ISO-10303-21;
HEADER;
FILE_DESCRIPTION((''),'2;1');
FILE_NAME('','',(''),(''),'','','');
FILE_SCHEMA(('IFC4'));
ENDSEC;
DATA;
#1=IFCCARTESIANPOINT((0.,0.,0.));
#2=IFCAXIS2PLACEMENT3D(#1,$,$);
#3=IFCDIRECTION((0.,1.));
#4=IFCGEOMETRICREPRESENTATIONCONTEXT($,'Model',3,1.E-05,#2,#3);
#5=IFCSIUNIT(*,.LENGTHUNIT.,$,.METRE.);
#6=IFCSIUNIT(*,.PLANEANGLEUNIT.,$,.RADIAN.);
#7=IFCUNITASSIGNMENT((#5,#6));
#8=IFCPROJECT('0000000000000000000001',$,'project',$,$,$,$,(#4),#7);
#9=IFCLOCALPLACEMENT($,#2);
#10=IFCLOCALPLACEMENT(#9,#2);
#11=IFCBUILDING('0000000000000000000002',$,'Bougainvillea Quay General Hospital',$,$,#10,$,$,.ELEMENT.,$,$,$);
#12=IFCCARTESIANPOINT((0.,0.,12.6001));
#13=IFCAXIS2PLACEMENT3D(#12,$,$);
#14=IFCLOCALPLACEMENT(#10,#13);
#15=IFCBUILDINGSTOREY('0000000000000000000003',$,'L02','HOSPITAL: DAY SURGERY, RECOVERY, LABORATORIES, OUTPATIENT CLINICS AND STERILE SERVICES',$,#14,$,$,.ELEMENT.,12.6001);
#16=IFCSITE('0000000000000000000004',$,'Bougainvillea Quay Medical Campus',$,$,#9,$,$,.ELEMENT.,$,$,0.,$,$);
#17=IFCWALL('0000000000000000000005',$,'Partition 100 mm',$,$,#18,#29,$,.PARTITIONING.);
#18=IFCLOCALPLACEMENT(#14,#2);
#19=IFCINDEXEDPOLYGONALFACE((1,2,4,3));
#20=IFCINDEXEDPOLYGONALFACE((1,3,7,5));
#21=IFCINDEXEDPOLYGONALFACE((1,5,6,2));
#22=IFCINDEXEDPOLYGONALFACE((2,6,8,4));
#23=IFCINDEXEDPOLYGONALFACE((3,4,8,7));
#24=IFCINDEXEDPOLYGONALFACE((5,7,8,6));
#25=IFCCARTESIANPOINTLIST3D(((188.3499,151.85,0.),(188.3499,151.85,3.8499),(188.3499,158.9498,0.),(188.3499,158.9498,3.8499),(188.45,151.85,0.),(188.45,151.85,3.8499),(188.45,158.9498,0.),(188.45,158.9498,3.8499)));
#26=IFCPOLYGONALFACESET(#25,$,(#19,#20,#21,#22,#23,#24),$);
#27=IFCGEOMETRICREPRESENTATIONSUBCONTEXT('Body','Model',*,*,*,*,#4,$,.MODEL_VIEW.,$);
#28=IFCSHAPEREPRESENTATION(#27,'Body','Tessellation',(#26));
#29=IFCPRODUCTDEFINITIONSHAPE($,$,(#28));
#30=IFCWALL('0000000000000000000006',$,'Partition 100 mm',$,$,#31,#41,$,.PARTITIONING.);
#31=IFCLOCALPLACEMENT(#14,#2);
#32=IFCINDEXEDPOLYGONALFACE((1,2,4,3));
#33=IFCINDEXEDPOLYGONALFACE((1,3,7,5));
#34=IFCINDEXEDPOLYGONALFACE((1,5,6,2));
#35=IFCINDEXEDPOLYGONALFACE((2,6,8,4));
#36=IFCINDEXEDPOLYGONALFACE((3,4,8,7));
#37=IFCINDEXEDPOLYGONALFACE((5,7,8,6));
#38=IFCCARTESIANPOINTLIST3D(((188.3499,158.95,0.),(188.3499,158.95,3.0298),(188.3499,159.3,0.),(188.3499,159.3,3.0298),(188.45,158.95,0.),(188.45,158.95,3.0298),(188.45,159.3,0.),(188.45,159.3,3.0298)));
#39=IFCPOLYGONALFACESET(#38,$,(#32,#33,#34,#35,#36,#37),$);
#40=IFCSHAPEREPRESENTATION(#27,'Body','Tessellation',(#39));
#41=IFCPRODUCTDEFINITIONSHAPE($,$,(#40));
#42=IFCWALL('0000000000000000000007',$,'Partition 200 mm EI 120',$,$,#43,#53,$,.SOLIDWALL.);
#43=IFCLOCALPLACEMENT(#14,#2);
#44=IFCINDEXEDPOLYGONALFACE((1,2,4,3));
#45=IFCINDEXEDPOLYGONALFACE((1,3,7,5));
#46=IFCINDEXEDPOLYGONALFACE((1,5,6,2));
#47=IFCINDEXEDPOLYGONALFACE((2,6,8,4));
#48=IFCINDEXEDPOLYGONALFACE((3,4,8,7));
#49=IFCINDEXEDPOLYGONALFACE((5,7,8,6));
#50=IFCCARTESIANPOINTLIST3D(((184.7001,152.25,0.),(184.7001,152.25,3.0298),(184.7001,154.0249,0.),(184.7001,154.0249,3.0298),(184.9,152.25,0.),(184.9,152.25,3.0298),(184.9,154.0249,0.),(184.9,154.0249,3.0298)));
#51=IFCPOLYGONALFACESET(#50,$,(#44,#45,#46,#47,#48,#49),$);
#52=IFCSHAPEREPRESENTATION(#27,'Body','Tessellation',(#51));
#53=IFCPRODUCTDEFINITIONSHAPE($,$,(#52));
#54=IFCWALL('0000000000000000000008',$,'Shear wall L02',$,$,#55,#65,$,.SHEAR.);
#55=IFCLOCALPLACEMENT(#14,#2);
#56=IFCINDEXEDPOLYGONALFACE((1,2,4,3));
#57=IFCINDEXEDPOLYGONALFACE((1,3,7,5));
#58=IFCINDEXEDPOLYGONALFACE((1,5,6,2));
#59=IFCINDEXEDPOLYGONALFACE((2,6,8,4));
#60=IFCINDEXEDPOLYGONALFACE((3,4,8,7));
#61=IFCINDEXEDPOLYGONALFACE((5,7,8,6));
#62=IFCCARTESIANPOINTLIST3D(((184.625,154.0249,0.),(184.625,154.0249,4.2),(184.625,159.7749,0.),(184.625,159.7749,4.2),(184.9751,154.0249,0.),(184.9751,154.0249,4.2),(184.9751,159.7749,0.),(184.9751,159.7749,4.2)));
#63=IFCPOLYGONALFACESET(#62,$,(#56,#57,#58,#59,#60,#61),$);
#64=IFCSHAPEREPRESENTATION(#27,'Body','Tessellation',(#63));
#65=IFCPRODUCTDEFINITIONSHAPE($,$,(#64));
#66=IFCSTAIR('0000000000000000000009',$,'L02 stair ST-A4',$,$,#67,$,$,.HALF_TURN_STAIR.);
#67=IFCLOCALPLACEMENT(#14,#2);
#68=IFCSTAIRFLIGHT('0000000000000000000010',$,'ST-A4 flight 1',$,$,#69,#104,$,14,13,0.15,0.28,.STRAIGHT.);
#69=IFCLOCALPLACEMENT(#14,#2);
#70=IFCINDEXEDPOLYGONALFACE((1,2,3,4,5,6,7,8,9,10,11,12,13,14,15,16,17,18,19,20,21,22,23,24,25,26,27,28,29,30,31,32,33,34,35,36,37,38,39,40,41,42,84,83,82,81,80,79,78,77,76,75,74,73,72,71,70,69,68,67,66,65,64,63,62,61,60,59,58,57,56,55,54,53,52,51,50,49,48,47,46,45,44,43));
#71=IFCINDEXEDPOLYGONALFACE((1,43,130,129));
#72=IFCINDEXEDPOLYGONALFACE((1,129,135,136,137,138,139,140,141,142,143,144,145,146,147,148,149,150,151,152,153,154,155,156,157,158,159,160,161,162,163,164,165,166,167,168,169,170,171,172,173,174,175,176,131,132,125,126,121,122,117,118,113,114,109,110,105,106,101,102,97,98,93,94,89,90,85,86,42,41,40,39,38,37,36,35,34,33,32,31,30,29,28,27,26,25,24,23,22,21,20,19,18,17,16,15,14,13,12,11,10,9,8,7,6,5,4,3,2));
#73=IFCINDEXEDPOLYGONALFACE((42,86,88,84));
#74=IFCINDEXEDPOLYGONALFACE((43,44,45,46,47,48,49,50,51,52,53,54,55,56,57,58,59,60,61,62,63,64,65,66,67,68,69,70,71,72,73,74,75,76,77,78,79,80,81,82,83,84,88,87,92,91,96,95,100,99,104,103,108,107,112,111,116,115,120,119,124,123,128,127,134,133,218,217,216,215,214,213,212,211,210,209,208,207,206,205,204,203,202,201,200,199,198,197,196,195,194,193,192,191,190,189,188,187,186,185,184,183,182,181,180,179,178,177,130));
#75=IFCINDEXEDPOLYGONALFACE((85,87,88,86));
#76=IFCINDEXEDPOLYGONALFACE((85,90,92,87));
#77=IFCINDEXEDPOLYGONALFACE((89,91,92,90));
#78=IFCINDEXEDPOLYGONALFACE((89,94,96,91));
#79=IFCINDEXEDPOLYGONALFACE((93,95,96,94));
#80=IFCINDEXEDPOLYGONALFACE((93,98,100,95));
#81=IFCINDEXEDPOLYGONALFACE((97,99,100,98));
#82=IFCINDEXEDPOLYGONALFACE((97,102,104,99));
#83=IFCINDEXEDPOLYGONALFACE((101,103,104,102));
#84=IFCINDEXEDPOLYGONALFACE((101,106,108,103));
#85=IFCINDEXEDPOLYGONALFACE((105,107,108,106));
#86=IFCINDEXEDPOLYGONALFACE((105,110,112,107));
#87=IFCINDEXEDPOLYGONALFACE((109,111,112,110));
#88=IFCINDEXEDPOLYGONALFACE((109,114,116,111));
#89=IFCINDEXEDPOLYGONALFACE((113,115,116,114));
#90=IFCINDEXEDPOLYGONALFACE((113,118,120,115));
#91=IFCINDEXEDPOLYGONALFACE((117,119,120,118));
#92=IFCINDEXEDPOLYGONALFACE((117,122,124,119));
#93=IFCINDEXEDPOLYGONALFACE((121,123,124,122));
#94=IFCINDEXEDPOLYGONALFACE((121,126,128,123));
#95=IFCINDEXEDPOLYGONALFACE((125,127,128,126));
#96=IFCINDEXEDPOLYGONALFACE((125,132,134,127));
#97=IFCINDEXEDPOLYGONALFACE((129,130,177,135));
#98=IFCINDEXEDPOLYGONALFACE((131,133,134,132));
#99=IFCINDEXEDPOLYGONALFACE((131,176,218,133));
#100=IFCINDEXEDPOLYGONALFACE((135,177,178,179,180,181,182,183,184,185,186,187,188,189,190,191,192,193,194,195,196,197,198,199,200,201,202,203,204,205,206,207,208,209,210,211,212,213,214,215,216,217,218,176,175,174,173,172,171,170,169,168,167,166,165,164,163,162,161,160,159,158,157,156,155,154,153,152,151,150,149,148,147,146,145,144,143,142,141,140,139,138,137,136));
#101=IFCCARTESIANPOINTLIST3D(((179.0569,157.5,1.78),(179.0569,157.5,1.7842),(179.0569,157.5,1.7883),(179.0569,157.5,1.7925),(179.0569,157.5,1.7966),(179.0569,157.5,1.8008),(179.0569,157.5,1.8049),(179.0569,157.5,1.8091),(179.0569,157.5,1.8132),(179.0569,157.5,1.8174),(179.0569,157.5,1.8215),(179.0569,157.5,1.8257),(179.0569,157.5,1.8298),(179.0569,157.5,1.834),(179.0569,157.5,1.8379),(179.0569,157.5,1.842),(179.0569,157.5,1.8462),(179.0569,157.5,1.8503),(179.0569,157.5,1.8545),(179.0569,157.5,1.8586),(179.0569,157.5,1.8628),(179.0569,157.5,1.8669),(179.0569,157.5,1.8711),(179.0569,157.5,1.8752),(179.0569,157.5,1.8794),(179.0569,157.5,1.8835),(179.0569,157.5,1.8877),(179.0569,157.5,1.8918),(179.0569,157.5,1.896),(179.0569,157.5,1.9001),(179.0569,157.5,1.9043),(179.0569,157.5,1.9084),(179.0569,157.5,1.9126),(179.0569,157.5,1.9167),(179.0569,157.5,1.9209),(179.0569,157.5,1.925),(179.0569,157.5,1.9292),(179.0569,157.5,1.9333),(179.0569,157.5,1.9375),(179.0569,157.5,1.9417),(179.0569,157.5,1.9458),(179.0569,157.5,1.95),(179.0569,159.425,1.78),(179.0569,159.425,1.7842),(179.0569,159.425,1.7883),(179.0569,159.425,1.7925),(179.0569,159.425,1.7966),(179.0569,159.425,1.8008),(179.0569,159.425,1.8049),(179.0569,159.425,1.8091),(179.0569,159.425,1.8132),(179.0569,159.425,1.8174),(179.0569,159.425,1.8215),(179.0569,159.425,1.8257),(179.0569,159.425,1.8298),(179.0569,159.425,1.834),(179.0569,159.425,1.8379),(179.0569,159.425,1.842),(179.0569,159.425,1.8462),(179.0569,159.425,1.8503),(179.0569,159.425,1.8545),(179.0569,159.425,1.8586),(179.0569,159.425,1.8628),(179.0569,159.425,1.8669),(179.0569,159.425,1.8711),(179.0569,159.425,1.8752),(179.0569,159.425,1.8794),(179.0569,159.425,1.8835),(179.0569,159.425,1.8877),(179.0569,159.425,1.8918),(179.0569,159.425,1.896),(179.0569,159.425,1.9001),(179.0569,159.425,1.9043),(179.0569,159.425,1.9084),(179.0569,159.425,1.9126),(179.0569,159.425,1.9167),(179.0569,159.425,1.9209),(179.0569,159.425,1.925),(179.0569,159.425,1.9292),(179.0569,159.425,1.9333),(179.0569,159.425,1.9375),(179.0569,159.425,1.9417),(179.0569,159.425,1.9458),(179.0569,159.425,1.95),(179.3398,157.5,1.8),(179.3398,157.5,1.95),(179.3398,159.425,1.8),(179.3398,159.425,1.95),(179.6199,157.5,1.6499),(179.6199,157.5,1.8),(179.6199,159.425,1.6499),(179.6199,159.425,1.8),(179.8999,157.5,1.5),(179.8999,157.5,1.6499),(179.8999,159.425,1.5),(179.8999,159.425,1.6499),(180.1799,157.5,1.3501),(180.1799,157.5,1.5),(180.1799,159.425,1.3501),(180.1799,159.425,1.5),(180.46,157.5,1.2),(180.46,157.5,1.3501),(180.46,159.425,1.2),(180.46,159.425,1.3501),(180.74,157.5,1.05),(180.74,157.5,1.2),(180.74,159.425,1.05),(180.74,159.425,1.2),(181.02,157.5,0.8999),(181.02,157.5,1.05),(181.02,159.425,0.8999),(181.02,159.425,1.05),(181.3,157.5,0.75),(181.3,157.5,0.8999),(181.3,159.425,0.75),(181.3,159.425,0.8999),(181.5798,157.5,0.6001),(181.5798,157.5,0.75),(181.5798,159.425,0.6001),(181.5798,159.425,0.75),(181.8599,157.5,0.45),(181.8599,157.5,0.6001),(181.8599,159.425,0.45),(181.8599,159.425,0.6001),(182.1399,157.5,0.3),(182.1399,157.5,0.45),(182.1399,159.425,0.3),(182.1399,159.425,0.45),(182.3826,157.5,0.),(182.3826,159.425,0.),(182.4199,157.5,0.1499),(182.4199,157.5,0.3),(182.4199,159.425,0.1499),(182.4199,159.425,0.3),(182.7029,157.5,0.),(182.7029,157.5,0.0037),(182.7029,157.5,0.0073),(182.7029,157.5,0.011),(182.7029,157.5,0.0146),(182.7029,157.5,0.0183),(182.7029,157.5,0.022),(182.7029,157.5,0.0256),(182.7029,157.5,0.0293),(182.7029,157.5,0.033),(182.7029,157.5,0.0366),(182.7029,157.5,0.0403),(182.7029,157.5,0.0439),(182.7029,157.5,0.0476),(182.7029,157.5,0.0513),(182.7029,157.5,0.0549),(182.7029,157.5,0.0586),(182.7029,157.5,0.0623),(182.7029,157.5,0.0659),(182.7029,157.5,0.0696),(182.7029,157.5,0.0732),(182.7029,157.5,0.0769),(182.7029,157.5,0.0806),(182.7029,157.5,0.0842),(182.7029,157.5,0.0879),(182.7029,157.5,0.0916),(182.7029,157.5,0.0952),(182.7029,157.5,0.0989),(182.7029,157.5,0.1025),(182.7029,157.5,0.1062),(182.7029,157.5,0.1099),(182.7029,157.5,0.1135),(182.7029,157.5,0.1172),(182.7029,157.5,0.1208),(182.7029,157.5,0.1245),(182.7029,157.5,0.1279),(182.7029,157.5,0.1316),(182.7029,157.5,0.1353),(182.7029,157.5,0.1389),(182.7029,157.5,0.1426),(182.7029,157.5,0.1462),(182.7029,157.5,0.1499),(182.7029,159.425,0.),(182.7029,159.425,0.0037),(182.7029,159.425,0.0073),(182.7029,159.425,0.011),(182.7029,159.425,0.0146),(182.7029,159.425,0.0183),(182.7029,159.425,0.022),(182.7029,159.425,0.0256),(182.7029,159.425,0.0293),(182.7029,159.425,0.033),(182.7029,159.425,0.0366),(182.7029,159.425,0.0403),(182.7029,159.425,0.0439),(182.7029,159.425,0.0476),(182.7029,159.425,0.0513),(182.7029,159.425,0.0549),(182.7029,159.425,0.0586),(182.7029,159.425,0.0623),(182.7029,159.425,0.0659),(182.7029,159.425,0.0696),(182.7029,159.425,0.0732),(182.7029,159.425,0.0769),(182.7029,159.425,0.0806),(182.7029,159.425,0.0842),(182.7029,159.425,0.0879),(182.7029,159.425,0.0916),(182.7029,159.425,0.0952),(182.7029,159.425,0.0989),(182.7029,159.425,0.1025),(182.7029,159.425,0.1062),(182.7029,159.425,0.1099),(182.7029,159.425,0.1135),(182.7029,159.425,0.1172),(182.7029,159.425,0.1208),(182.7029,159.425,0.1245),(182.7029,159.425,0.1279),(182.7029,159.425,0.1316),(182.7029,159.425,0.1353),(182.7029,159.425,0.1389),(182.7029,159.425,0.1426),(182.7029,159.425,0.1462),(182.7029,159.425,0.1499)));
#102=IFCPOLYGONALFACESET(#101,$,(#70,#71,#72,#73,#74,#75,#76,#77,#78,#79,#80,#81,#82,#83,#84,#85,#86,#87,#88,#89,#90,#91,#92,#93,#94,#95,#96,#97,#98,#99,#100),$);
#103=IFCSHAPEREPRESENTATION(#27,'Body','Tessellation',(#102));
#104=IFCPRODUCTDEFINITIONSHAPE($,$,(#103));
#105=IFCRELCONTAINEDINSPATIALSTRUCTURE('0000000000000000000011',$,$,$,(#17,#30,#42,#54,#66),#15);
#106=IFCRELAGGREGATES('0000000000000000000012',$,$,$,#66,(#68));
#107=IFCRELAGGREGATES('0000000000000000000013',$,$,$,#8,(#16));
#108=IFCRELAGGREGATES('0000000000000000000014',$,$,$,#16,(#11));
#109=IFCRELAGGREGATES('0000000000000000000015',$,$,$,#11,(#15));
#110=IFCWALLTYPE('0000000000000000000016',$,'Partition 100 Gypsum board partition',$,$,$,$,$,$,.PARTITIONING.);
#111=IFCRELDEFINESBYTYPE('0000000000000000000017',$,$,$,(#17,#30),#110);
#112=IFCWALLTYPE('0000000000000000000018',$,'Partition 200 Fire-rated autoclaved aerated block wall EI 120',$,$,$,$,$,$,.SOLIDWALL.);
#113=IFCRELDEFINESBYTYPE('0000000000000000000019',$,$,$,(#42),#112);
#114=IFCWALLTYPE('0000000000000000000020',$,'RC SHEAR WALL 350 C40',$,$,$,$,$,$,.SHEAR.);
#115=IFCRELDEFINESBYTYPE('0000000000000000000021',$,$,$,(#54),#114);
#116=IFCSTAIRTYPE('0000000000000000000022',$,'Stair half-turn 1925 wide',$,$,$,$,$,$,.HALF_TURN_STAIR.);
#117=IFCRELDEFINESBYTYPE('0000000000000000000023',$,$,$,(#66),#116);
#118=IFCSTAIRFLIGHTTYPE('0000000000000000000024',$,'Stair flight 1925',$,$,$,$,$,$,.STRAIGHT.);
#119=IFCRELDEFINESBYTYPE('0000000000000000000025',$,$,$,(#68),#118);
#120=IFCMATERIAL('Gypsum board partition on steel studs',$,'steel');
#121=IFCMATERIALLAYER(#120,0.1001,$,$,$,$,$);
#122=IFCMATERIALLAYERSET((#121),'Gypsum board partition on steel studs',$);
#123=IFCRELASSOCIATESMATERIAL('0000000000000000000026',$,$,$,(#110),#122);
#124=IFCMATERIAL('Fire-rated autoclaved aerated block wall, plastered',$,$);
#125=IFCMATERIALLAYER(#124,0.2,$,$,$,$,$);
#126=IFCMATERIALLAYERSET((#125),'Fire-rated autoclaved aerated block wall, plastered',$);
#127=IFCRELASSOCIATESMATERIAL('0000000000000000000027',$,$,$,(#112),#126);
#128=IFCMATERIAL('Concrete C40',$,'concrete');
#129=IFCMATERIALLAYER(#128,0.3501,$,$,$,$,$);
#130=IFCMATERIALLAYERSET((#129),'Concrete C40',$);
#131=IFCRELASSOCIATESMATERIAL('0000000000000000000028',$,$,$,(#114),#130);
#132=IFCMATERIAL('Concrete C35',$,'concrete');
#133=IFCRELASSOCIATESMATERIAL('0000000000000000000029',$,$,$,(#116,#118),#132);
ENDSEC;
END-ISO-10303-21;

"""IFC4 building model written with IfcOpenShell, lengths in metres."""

from ifc_helpers import new_model, si_unit, direction, frame, frame_2d, origin, place, context, subcontext, project, spatial, polyline, rectangle, outline, extrude, material, layer, layer_set, type_object, element, aggregate, save


model = new_model("IFC4")

# Units and contexts
model_context = context("Model", 3, precision=1e-05, world=origin(), true_north=direction((0.0, 1.0)))
body_context = subcontext(model_context, "Body", "Model", "MODEL_VIEW")
ifc_project = project(units=[si_unit("LENGTHUNIT", "METRE"), si_unit("PLANEANGLEUNIT", "RADIAN")], contexts=[model_context])

# Site, building, storey
site_placement = place(None, origin())
site = spatial("IfcSite", under=ifc_project, at=site_placement, Name="Bougainvillea Quay Medical Campus", CompositionType="ELEMENT", RefElevation=0.0)
building_placement = place(site_placement, origin())
building = spatial("IfcBuilding", under=site, at=building_placement, Name="Bougainvillea Quay General Hospital", CompositionType="ELEMENT")
storey_placement = place(building_placement, frame((0.0, 0.0, 12.6001)))
storey = spatial("IfcBuildingStorey", under=building, at=storey_placement, Name="L02", Description="HOSPITAL: DAY SURGERY, RECOVERY, LABORATORIES, OUTPATIENT CLINICS AND STERILE SERVICES", CompositionType="ELEMENT", Elevation=12.6001)

# Shared definitions
ifc_material_1 = material(Name="Concrete C40", Category="concrete")

# Walls
ifc_material_2 = material(Name="Gypsum board partition on steel studs", Category="steel")
ifc_layer_1 = layer(ifc_material_2, 0.1001)
ifc_layer_set_1 = layer_set([ifc_layer_1], Name="Gypsum board partition on steel studs")
wall_type_1 = type_object("IfcWallType", Name="Partition 100 Gypsum board partition", PredefinedType="PARTITIONING", material=ifc_layer_set_1)
wall_1_placement = place(storey_placement, frame((188.3999, 151.8501, 0.0), z_axis=(0.0, 0.0, 1.0), x_axis=(0.0, 1.0, 0.0)))
element("IfcWall", 1, at=wall_1_placement, inside=storey, type_object=wall_type_1, Name="Partition 100 mm", PredefinedType="PARTITIONING", context=body_context, shape_type="SweptSolid", body=[
    extrude(rectangle(XDim=7.0999, YDim=0.1001, at=frame_2d((3.5498, 0.0))), origin(), (0.0, 0.0, 1.0), 3.8499),
])
wall_2_placement = place(storey_placement, frame((188.3999, 158.95, 0.0), z_axis=(0.0, 0.0, 1.0), x_axis=(0.0, 1.0, 0.0)))
element("IfcWall", 2, at=wall_2_placement, inside=storey, type_object=wall_type_1, Name="Partition 100 mm", PredefinedType="PARTITIONING", context=body_context, shape_type="SweptSolid", body=[
    extrude(rectangle(XDim=0.3501, YDim=0.1001, at=frame_2d((0.175, 0.0))), origin(), (0.0, 0.0, 1.0), 3.0298),
])
ifc_material_3 = material(Name="Fire-rated autoclaved aerated block wall, plastered")
ifc_layer_2 = layer(ifc_material_3, 0.2)
ifc_layer_set_2 = layer_set([ifc_layer_2], Name="Fire-rated autoclaved aerated block wall, plastered")
wall_type_2 = type_object("IfcWallType", Name="Partition 200 Fire-rated autoclaved aerated block wall EI 120", PredefinedType="SOLIDWALL", material=ifc_layer_set_2)
wall_3_placement = place(storey_placement, frame((184.8, 152.25, 0.0), z_axis=(0.0, 0.0, 1.0), x_axis=(0.0, 1.0, 0.0)))
element("IfcWall", 3, at=wall_3_placement, inside=storey, type_object=wall_type_2, Name="Partition 200 mm EI 120", PredefinedType="SOLIDWALL", context=body_context, shape_type="SweptSolid", body=[
    extrude(rectangle(XDim=1.7749, YDim=0.2, at=frame_2d((0.8875, 0.0))), origin(), (0.0, 0.0, 1.0), 3.0298),
])
ifc_layer_3 = layer(ifc_material_1, 0.3501)
ifc_layer_set_3 = layer_set([ifc_layer_3], Name="Concrete C40")
wall_type_3 = type_object("IfcWallType", Name="RC SHEAR WALL 350 C40", PredefinedType="SHEAR", material=ifc_layer_set_3)
wall_4_placement = place(storey_placement, frame((184.8, 154.0249, 0.0), z_axis=(0.0, 0.0, 1.0), x_axis=(0.0, 1.0, 0.0)))
element("IfcWall", 4, at=wall_4_placement, inside=storey, type_object=wall_type_3, Name="Shear wall L02", PredefinedType="SHEAR", context=body_context, shape_type="SweptSolid", body=[
    extrude(rectangle(XDim=5.75, YDim=0.3501, at=frame_2d((2.875, 0.0))), origin(), (0.0, 0.0, 1.0), 4.2),
])

# Stair, stair flight
ifc_material_4 = material(Name="Concrete C35", Category="concrete")
stair_type = type_object("IfcStairType", Name="Stair half-turn 1925 wide", PredefinedType="HALF_TURN_STAIR", material=ifc_material_4)
stair_placement = place(storey_placement, origin())
stair = element("IfcStair", 5, at=stair_placement, inside=storey, type_object=stair_type, Name="L02 stair ST-A4", PredefinedType="HALF_TURN_STAIR")
stair_flight_type = type_object("IfcStairFlightType", Name="Stair flight 1925", PredefinedType="STRAIGHT", material=ifc_material_4)
stair_flight_placement = place(storey_placement, frame((182.7, 158.4624, 0.0), z_axis=(0.0, 0.0, 1.0), x_axis=(-1.0, 0.0, 0.0)))
stair_flight = element("IfcStairFlight", 6, at=stair_flight_placement, type_object=stair_flight_type, Name="ST-A4 flight 1", NumberOfRisers=14, NumberOfTreads=13, PredefinedType="STRAIGHT", RiserHeight=0.15, TreadLength=0.28, context=body_context, shape_type="SweptSolid", body=[
    extrude(outline(polyline([(-0.0029, 0.0), (-0.0029, 0.0037), (-0.0029, 0.0073), (-0.0029, 0.011), (-0.0029, 0.0146), (-0.0029, 0.0183), (-0.0029, 0.022), (-0.0029, 0.0256), (-0.0029, 0.0293), (-0.0029, 0.033), (-0.0029, 0.0366), (-0.0029, 0.0403), (-0.0029, 0.0439), (-0.0029, 0.0476), (-0.0029, 0.0513), (-0.0029, 0.0549), (-0.0029, 0.0586), (-0.0029, 0.0623), (-0.0029, 0.0659), (-0.0029, 0.0696), (-0.0029, 0.0732), (-0.0029, 0.0769), (-0.0029, 0.0806), (-0.0029, 0.0842), (-0.0029, 0.0879), (-0.0029, 0.0916), (-0.0029, 0.0952), (-0.0029, 0.0989), (-0.0029, 0.1025), (-0.0029, 0.1062), (-0.0029, 0.1099), (-0.0029, 0.1135), (-0.0029, 0.1172), (-0.0029, 0.1208), (-0.0029, 0.1245), (-0.0029, 0.1279), (-0.0029, 0.1316), (-0.0029, 0.1353), (-0.0029, 0.1389), (-0.0029, 0.1426), (-0.0029, 0.1462), (-0.0029, 0.1499), (0.28, 0.1499), (0.28, 0.3), (0.5601, 0.3), (0.5601, 0.45), (0.8401, 0.45), (0.8401, 0.6001), (1.1201, 0.6001), (1.1201, 0.75), (1.3999, 0.75), (1.3999, 0.8999), (1.6799, 0.8999), (1.6799, 1.05), (1.96, 1.05), (1.96, 1.2), (2.24, 1.2), (2.24, 1.3501), (2.52, 1.3501), (2.52, 1.5), (2.8, 1.5), (2.8, 1.6499), (3.0801, 1.6499), (3.0801, 1.8), (3.3601, 1.8), (3.3601, 1.95), (3.6431, 1.95), (3.6431, 1.9458), (3.6431, 1.9417), (3.6431, 1.9375), (3.6431, 1.9333), (3.6431, 1.9292), (3.6431, 1.925), (3.6431, 1.9209), (3.6431, 1.9167), (3.6431, 1.9126), (3.6431, 1.9084), (3.6431, 1.9043), (3.6431, 1.9001), (3.6431, 1.896), (3.6431, 1.8918), (3.6431, 1.8877), (3.6431, 1.8835), (3.6431, 1.8794), (3.6431, 1.8752), (3.6431, 1.8711), (3.6431, 1.8669), (3.6431, 1.8628), (3.6431, 1.8586), (3.6431, 1.8545), (3.6431, 1.8503), (3.6431, 1.8462), (3.6431, 1.842), (3.6431, 1.8379), (3.6431, 1.834), (3.6431, 1.8298), (3.6431, 1.8257), (3.6431, 1.8215), (3.6431, 1.8174), (3.6431, 1.8132), (3.6431, 1.8091), (3.6431, 1.8049), (3.6431, 1.8008), (3.6431, 1.7966), (3.6431, 1.7925), (3.6431, 1.7883), (3.6431, 1.7842), (3.6431, 1.78), (0.3174, 0.0), (-0.0029, 0.0)])), frame((0.0, 0.9624, 0.0), z_axis=(0.0, -1.0, 0.0), x_axis=(1.0, 0.0, 0.0)), (0.0, 0.0, 1.0), 1.925),
])
aggregate(stair, [stair_flight])

save(model, "model.ifc")
